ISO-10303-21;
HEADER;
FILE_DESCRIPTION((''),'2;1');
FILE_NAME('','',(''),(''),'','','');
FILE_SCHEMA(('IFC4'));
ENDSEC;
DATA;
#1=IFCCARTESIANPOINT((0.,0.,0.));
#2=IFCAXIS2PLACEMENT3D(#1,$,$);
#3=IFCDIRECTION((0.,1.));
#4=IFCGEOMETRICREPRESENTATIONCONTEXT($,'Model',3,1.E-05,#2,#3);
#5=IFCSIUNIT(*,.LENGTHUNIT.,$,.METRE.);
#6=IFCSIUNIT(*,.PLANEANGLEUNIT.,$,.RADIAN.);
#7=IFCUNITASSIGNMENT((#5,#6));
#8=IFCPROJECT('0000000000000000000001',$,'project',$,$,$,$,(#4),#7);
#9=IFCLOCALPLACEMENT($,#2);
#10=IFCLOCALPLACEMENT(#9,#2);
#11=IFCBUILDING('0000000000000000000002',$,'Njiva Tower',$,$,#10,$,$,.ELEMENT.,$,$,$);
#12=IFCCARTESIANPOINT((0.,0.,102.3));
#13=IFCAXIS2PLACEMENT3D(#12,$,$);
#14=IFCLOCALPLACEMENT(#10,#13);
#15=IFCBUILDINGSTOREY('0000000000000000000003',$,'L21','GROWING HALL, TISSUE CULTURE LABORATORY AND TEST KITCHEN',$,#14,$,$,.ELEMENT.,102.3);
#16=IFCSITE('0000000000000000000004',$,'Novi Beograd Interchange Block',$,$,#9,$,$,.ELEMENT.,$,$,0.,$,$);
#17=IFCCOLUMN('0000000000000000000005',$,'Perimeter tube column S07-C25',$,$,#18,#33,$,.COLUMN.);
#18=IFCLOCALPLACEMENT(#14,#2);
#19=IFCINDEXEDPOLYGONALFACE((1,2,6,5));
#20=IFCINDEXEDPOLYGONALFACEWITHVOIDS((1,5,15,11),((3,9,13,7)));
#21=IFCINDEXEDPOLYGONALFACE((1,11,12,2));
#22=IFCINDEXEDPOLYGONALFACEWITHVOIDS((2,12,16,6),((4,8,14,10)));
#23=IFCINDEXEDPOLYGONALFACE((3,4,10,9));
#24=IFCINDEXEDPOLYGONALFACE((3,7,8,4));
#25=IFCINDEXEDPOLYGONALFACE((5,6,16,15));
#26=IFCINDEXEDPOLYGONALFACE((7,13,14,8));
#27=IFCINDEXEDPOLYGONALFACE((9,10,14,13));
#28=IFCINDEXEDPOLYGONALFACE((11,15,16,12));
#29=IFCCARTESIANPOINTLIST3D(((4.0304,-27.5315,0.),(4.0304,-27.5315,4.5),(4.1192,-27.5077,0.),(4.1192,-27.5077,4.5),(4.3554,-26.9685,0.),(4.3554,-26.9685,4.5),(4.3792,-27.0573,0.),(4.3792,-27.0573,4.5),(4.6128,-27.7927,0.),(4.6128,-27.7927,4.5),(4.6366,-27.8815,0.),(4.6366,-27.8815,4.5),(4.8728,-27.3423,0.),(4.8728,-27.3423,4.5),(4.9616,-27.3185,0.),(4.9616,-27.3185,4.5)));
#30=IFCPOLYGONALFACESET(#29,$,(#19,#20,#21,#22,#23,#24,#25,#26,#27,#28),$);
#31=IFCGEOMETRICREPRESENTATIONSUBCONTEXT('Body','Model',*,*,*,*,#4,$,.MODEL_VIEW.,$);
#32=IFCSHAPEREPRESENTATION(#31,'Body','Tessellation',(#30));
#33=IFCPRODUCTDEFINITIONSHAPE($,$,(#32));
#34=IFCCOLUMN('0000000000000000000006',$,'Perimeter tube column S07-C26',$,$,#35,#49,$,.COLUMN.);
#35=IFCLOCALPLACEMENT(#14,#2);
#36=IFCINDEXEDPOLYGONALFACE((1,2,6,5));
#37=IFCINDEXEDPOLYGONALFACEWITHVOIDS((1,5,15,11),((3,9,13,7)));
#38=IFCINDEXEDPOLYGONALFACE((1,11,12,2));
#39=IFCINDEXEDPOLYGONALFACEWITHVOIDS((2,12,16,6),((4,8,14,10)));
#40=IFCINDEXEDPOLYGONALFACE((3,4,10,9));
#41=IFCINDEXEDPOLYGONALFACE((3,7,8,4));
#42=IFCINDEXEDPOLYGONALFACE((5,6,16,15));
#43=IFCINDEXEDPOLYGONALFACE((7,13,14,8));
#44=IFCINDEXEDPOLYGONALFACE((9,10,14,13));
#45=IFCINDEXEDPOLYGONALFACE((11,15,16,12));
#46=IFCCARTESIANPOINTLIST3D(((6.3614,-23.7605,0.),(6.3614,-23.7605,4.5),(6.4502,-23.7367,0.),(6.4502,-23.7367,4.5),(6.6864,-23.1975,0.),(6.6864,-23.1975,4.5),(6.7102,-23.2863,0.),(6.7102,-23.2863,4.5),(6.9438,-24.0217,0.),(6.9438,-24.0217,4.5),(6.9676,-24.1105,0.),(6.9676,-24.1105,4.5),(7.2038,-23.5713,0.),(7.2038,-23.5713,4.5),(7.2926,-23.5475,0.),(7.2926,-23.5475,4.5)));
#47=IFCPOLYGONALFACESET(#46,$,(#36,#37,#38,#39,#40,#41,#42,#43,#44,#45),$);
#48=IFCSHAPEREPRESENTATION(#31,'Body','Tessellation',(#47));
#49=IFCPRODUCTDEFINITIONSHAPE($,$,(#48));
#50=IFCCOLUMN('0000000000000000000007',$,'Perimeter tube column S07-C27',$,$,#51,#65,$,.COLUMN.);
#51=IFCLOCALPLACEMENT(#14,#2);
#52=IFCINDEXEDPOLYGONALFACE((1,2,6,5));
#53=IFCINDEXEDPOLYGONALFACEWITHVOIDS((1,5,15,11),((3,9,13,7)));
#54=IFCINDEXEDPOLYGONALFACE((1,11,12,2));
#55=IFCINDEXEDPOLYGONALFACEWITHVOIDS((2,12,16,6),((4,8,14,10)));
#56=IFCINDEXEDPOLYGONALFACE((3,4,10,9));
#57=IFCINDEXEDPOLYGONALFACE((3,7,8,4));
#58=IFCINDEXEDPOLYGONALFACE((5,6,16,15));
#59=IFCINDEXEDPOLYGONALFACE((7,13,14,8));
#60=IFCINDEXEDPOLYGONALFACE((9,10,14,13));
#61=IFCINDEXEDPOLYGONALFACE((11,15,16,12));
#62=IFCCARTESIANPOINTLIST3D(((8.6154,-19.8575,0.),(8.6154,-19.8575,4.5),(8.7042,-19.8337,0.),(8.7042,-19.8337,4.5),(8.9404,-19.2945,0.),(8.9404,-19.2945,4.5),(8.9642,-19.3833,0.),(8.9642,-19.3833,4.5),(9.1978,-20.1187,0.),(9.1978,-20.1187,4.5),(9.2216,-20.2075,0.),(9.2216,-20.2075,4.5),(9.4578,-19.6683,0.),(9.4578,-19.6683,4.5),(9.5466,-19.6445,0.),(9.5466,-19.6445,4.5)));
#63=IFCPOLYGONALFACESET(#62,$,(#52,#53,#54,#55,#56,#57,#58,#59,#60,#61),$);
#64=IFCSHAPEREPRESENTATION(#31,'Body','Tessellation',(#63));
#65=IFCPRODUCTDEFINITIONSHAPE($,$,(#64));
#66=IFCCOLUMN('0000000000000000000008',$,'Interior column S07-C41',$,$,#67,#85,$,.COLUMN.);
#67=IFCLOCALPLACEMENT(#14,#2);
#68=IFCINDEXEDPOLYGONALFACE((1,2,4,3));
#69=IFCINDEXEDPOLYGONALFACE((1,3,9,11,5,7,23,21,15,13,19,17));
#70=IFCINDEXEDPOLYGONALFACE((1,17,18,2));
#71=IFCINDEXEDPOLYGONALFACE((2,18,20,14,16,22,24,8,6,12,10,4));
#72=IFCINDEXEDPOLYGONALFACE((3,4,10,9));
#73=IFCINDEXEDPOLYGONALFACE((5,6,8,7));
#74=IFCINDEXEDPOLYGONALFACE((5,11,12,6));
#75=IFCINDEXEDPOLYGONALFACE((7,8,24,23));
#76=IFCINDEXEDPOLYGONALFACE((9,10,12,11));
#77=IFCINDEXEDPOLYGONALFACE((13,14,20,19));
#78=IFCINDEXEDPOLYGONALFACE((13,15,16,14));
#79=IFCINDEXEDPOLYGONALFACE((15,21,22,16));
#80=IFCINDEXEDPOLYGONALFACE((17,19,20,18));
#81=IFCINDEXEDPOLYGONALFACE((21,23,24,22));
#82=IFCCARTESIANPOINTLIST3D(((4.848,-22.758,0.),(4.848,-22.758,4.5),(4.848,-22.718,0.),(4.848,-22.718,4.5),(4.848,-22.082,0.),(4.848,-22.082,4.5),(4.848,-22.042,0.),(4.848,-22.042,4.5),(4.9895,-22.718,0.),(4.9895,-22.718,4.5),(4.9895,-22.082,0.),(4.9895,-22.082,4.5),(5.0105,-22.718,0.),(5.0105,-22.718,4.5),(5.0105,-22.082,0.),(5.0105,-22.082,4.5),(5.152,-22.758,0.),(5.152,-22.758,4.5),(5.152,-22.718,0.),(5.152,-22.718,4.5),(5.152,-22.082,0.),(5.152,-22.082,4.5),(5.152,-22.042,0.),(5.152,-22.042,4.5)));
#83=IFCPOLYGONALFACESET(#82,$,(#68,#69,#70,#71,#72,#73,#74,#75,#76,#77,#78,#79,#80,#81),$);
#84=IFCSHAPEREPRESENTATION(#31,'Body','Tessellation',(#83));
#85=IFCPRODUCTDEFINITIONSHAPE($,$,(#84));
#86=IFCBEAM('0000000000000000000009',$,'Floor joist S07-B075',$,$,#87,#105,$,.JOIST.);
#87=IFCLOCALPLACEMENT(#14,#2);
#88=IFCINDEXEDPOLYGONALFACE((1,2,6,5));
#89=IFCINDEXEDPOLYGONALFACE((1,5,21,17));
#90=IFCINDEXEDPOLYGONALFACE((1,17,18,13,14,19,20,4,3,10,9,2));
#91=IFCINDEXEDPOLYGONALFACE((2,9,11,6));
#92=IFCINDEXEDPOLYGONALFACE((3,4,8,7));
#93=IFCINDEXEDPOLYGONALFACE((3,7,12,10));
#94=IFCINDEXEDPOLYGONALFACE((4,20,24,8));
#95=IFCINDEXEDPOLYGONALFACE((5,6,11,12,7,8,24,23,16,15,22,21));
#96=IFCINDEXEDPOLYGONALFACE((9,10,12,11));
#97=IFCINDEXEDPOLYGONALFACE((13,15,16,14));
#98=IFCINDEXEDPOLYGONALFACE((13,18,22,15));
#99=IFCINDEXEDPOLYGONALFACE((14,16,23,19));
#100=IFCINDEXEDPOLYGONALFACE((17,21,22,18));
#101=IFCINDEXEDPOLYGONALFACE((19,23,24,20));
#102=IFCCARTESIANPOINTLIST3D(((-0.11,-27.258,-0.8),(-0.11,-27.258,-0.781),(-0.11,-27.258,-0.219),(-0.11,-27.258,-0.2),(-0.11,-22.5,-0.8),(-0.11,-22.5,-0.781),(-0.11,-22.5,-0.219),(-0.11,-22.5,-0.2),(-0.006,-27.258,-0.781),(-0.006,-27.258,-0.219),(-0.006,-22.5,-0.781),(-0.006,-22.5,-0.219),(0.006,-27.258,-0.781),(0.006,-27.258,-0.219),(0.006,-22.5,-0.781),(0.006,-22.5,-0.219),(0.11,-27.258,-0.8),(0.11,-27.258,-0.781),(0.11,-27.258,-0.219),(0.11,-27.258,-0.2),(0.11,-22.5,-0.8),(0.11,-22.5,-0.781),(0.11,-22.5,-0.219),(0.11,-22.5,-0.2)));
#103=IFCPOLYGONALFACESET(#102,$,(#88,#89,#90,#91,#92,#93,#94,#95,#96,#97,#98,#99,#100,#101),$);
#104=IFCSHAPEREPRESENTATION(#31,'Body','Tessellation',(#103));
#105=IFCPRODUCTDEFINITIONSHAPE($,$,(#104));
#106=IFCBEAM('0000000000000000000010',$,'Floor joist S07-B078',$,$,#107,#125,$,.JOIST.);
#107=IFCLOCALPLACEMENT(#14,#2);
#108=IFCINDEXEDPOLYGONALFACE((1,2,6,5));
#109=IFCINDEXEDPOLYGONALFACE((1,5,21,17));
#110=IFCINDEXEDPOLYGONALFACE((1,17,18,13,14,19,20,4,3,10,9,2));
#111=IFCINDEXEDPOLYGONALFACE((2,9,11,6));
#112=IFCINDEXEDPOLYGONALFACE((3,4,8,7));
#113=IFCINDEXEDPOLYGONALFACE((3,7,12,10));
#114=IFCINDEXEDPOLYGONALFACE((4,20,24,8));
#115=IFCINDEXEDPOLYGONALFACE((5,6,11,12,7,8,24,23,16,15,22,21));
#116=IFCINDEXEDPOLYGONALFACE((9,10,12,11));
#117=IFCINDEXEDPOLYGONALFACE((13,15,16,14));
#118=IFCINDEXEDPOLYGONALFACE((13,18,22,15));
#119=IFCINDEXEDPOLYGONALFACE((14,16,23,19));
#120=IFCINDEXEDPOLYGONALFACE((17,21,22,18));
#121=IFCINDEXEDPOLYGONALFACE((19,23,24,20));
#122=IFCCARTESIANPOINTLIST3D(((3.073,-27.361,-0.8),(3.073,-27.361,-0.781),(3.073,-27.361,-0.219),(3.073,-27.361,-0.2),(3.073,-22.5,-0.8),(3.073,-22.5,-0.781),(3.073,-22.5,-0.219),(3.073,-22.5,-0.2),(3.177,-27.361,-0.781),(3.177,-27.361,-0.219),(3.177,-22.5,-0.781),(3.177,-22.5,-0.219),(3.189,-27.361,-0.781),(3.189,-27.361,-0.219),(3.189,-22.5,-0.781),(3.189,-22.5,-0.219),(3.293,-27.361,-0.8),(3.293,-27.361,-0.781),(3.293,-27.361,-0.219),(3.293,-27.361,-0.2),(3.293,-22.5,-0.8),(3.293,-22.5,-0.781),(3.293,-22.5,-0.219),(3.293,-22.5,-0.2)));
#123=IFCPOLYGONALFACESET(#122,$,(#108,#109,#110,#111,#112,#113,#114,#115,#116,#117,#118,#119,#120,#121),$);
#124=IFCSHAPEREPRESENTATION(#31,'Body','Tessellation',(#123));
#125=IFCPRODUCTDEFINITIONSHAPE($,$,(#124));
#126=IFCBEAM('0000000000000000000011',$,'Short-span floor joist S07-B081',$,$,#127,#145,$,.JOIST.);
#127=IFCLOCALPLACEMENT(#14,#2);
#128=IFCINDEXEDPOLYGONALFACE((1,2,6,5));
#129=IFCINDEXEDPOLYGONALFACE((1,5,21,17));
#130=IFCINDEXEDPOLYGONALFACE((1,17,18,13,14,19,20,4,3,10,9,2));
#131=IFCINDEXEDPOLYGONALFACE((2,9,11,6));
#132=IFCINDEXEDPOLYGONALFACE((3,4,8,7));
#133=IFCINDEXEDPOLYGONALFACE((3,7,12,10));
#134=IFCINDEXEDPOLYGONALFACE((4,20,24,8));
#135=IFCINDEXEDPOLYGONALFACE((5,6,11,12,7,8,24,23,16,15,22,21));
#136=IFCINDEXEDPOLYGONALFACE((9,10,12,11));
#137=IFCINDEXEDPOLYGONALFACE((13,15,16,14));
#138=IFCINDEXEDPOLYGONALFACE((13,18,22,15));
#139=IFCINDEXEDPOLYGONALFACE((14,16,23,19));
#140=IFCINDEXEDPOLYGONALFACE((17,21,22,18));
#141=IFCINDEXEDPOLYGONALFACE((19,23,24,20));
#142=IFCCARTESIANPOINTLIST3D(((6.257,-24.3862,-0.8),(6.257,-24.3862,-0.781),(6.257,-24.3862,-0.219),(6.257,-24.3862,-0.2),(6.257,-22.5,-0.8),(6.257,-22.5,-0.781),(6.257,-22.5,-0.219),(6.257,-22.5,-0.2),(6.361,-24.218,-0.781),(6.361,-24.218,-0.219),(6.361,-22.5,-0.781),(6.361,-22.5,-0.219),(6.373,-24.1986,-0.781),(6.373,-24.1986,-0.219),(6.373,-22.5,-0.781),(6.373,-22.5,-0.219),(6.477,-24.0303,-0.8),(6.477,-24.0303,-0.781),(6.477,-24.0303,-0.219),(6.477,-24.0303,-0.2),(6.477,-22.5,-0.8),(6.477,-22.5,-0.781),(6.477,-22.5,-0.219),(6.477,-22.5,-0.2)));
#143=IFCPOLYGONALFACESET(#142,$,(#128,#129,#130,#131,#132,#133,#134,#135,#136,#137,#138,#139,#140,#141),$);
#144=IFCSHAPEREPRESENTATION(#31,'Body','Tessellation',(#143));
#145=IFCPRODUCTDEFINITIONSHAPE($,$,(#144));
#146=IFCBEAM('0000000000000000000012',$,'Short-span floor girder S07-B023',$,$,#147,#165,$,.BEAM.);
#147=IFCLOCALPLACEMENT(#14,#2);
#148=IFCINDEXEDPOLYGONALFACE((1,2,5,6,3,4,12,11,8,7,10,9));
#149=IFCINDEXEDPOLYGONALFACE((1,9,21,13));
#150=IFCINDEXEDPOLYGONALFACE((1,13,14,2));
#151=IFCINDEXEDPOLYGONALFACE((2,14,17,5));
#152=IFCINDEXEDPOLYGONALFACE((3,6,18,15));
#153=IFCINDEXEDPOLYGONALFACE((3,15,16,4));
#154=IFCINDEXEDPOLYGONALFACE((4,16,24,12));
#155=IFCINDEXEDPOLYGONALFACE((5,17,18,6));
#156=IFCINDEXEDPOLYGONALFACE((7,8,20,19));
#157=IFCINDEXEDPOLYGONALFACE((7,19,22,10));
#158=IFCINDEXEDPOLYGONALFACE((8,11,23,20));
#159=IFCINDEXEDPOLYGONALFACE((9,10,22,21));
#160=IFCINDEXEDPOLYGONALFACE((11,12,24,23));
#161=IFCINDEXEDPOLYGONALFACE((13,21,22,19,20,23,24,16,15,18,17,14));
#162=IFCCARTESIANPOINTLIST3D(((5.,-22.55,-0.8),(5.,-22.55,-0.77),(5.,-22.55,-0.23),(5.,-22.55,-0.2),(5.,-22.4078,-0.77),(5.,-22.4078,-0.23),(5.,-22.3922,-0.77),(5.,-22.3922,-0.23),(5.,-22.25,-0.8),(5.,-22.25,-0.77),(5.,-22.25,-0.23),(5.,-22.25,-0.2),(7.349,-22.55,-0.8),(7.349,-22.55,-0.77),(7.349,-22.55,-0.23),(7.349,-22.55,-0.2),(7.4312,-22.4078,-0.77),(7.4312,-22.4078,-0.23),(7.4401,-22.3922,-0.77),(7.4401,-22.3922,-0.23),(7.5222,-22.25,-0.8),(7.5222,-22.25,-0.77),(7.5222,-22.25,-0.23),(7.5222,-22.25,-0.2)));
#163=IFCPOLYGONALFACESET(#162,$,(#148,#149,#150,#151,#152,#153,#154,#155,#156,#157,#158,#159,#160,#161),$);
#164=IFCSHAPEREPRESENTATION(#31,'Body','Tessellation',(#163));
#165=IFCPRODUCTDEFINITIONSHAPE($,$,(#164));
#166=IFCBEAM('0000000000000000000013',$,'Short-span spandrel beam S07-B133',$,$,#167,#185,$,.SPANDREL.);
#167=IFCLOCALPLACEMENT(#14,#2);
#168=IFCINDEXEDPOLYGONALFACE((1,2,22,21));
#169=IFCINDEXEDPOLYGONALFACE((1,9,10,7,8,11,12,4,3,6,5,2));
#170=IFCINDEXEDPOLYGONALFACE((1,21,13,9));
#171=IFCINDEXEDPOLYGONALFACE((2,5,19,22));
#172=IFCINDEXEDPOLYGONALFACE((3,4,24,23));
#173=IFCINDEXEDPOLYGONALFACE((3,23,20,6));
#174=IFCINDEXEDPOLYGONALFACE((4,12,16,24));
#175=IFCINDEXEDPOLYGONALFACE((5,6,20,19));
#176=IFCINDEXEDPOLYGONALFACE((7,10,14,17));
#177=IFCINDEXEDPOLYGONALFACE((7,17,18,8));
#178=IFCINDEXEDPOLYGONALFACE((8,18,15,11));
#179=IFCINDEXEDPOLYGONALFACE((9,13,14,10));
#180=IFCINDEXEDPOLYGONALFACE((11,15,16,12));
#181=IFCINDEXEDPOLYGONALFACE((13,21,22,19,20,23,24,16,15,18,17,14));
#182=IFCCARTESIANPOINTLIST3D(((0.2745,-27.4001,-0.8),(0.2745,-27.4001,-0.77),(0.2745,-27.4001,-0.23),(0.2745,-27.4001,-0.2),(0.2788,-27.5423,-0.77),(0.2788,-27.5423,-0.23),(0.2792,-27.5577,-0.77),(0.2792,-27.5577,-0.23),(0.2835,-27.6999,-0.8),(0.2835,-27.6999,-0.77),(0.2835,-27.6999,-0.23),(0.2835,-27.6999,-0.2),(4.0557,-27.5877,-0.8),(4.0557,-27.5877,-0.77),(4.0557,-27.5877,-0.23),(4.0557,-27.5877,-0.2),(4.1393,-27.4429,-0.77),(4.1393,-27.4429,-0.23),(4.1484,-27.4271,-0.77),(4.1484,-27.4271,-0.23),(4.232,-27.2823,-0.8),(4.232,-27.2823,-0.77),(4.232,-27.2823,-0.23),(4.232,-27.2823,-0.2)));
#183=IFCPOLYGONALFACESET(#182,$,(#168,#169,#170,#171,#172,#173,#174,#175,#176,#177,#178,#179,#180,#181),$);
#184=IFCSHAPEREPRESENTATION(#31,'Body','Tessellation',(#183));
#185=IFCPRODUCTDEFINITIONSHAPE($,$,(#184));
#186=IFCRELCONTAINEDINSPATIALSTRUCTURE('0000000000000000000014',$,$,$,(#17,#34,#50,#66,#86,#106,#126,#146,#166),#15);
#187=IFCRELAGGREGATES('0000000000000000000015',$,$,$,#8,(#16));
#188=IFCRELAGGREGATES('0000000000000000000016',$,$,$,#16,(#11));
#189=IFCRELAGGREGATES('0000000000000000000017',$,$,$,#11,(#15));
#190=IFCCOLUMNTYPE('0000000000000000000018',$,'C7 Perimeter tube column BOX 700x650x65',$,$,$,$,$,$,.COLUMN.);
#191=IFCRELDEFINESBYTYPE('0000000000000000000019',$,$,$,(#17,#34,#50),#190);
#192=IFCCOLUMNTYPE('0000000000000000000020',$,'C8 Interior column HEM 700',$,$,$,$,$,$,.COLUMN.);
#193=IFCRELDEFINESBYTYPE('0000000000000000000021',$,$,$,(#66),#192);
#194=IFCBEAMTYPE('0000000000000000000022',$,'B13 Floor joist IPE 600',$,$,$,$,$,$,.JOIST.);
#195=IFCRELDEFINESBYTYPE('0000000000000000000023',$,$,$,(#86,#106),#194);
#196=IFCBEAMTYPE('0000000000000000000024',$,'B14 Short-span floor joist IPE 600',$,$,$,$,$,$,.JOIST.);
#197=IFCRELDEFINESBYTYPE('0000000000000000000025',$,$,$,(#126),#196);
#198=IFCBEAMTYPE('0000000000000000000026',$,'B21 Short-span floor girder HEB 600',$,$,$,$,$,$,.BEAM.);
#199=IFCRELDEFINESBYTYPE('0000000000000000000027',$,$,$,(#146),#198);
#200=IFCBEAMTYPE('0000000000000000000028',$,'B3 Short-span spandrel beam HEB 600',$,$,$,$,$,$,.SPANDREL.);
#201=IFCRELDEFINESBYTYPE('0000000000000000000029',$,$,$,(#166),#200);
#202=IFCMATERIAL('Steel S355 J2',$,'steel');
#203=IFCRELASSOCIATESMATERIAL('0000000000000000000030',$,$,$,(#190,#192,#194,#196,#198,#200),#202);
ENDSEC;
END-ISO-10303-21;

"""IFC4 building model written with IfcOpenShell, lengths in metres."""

from ifc_helpers import new_model, si_unit, direction, frame, origin, origin_2d, place, context, subcontext, project, spatial, hollow_rectangle, i_section, extrude, clip, halfspace, material, material_profile, profile_set, type_object, element, save


model = new_model("IFC4")

# Units and contexts
model_context = context("Model", 3, precision=1e-05, world=origin(), true_north=direction((0.0, 1.0)))
body_context = subcontext(model_context, "Body", "Model", "MODEL_VIEW")
ifc_project = project(units=[si_unit("LENGTHUNIT", "METRE"), si_unit("PLANEANGLEUNIT", "RADIAN")], contexts=[model_context])

# Site, building, storey
site_placement = place(None, origin())
site = spatial("IfcSite", under=ifc_project, at=site_placement, Name="Novi Beograd Interchange Block", CompositionType="ELEMENT", RefElevation=0.0)
building_placement = place(site_placement, origin())
building = spatial("IfcBuilding", under=site, at=building_placement, Name="Njiva Tower", CompositionType="ELEMENT")
storey_placement = place(building_placement, frame((0.0, 0.0, 102.3)))
storey = spatial("IfcBuildingStorey", under=building, at=storey_placement, Name="L21", Description="GROWING HALL, TISSUE CULTURE LABORATORY AND TEST KITCHEN", CompositionType="ELEMENT", Elevation=102.3)

# Columns
ifc_material_1 = material(Name="Steel S355 J2", Category="steel")
ifc_material_profile_1 = material_profile(ifc_material_1, hollow_rectangle(XDim=0.65, YDim=0.7, WallThickness=0.065, at=origin_2d()), Name="BOX 700x650x65")
ifc_profile_set_1 = profile_set([ifc_material_profile_1], Name="Steel S355 J2")
column_type_1 = type_object("IfcColumnType", Name="C7 Perimeter tube column BOX 700x650x65", PredefinedType="COLUMN", material=ifc_profile_set_1)
for number, where, z_axis, x_axis, name in (
    (1, (4.496, -27.425, 0.0), (0.0, 0.0, 1.0), (0.5, 0.866025, 0.0), "Perimeter tube column S07-C25"),
    (2, (6.827, -23.654, 0.0), (0.0, 0.0, 1.0), (0.5, 0.866025, 0.0), "Perimeter tube column S07-C26"),
    (3, (9.081, -19.751, 0.0), (0.0, 0.0, 1.0), (0.5, 0.866025, 0.0), "Perimeter tube column S07-C27"),
):
    element("IfcColumn", number, at=place(storey_placement, frame(where, z_axis=z_axis, x_axis=x_axis)), inside=storey, type_object=column_type_1, Name=name, PredefinedType="COLUMN", context=body_context, shape_type="SweptSolid", body=[
        extrude(hollow_rectangle(XDim=0.65, YDim=0.7, WallThickness=0.065, at=origin_2d()), origin(), (0.0, 0.0, 1.0), 4.5),
    ])
ifc_material_profile_2 = material_profile(ifc_material_1, i_section(OverallWidth=0.304, OverallDepth=0.716, WebThickness=0.021, FlangeThickness=0.04, at=origin_2d()), Name="HEM 700")
ifc_profile_set_2 = profile_set([ifc_material_profile_2], Name="Steel S355 J2")
column_type_2 = type_object("IfcColumnType", Name="C8 Interior column HEM 700", PredefinedType="COLUMN", material=ifc_profile_set_2)
column_placement = place(storey_placement, frame((5.0, -22.4, 0.0), z_axis=(0.0, 0.0, 1.0), x_axis=(1.0, 0.0, 0.0)))
element("IfcColumn", 4, at=column_placement, inside=storey, type_object=column_type_2, Name="Interior column S07-C41", PredefinedType="COLUMN", context=body_context, shape_type="SweptSolid", body=[
    extrude(i_section(OverallWidth=0.304, OverallDepth=0.716, WebThickness=0.021, FlangeThickness=0.04, at=origin_2d()), origin(), (0.0, 0.0, 1.0), 4.5),
])

# Beams
ifc_material_profile_3 = material_profile(ifc_material_1, i_section(OverallWidth=0.22, OverallDepth=0.6, WebThickness=0.012, FlangeThickness=0.019, at=origin_2d()), Name="IPE 600")
ifc_profile_set_3 = profile_set([ifc_material_profile_3], Name="Steel S355 J2")
beam_type_1 = type_object("IfcBeamType", Name="B13 Floor joist IPE 600", PredefinedType="JOIST", material=ifc_profile_set_3)
beam_1_placement = place(storey_placement, frame((0.0, -22.5, -0.5), z_axis=(0.0, -1.0, 0.0), x_axis=(1.0, 0.0, 0.0)))
element("IfcBeam", 5, at=beam_1_placement, inside=storey, type_object=beam_type_1, Name="Floor joist S07-B075", PredefinedType="JOIST", context=body_context, shape_type="SweptSolid", body=[
    extrude(i_section(OverallWidth=0.22, OverallDepth=0.6, WebThickness=0.012, FlangeThickness=0.019, at=origin_2d()), origin(), (0.0, 0.0, 1.0), 4.758),
])
beam_2_placement = place(storey_placement, frame((3.183, -22.5, -0.5), z_axis=(0.0, -1.0, 0.0), x_axis=(1.0, 0.0, 0.0)))
element("IfcBeam", 6, at=beam_2_placement, inside=storey, type_object=beam_type_1, Name="Floor joist S07-B078", PredefinedType="JOIST", context=body_context, shape_type="SweptSolid", body=[
    extrude(i_section(OverallWidth=0.22, OverallDepth=0.6, WebThickness=0.012, FlangeThickness=0.019, at=origin_2d()), origin(), (0.0, 0.0, 1.0), 4.861),
])
ifc_material_profile_4 = material_profile(ifc_material_1, i_section(OverallWidth=0.22, OverallDepth=0.6, WebThickness=0.012, FlangeThickness=0.019, at=origin_2d()), Name="IPE 600")
ifc_profile_set_4 = profile_set([ifc_material_profile_4], Name="Steel S355 J2")
beam_type_2 = type_object("IfcBeamType", Name="B14 Short-span floor joist IPE 600", PredefinedType="JOIST", material=ifc_profile_set_4)
beam_3_placement = place(storey_placement, frame((6.367, -22.5, -0.5), z_axis=(0.0, -1.0, 0.0), x_axis=(1.0, 0.0, 0.0)))
element("IfcBeam", 7, at=beam_3_placement, inside=storey, type_object=beam_type_2, Name="Short-span floor joist S07-B081", PredefinedType="JOIST", context=body_context, shape_type="Clipping", body=[
    clip(extrude(i_section(OverallWidth=0.22, OverallDepth=0.6, WebThickness=0.012, FlangeThickness=0.019, at=origin_2d()), origin(), (0.0, 0.0, 1.0), 1.907), halfspace(frame((0.0422, 0.0, 1.64), z_axis=(0.85062, 0.0, 0.52578), x_axis=(0.0, 1.0, 0.0)), False)),
])
ifc_material_profile_5 = material_profile(ifc_material_1, i_section(OverallWidth=0.3, OverallDepth=0.6, WebThickness=0.0155, FlangeThickness=0.03, at=origin_2d()), Name="HEB 600")
ifc_profile_set_5 = profile_set([ifc_material_profile_5], Name="Steel S355 J2")
beam_type_3 = type_object("IfcBeamType", Name="B21 Short-span floor girder HEB 600", PredefinedType="BEAM", material=ifc_profile_set_5)
beam_4_placement = place(storey_placement, frame((5.0, -22.4, -0.5), z_axis=(1.0, 0.0, 0.0), x_axis=(0.0, 1.0, 0.0)))
element("IfcBeam", 8, at=beam_4_placement, inside=storey, type_object=beam_type_3, Name="Short-span floor girder S07-B023", PredefinedType="BEAM", context=body_context, shape_type="Clipping", body=[
    clip(extrude(i_section(OverallWidth=0.3, OverallDepth=0.6, WebThickness=0.0155, FlangeThickness=0.03, at=origin_2d()), origin(), (0.0, 0.0, 1.0), 2.543), halfspace(frame((-0.025, 0.0, 2.4212), z_axis=(-0.499998, 0.0, 0.866027), x_axis=(0.0, 1.0, 0.0)), False)),
])
ifc_material_profile_6 = material_profile(ifc_material_1, i_section(OverallWidth=0.3, OverallDepth=0.6, WebThickness=0.0155, FlangeThickness=0.03, at=origin_2d()), Name="HEB 600")
ifc_profile_set_6 = profile_set([ifc_material_profile_6], Name="Steel S355 J2")
beam_type_4 = type_object("IfcBeamType", Name="B3 Short-span spandrel beam HEB 600", PredefinedType="SPANDREL", material=ifc_profile_set_6)
beam_5_placement = place(storey_placement, frame((0.279, -27.55, -0.5), z_axis=(0.999558, 0.029741, 0.0), x_axis=(-0.029741, 0.999558, 0.0)))
element("IfcBeam", 9, at=beam_5_placement, inside=storey, type_object=beam_type_4, Name="Short-span spandrel beam S07-B133", PredefinedType="SPANDREL", context=body_context, shape_type="Clipping", body=[
    clip(extrude(i_section(OverallWidth=0.3, OverallDepth=0.6, WebThickness=0.0155, FlangeThickness=0.03, at=origin_2d()), origin(), (0.0, 0.0, 1.0), 3.9797), halfspace(frame((-0.0266, 0.0, 3.8501), z_axis=(-0.525533, 0.0, 0.850773), x_axis=(0.0, 1.0, 0.0)), False)),
])

save(model, "model.ifc")
